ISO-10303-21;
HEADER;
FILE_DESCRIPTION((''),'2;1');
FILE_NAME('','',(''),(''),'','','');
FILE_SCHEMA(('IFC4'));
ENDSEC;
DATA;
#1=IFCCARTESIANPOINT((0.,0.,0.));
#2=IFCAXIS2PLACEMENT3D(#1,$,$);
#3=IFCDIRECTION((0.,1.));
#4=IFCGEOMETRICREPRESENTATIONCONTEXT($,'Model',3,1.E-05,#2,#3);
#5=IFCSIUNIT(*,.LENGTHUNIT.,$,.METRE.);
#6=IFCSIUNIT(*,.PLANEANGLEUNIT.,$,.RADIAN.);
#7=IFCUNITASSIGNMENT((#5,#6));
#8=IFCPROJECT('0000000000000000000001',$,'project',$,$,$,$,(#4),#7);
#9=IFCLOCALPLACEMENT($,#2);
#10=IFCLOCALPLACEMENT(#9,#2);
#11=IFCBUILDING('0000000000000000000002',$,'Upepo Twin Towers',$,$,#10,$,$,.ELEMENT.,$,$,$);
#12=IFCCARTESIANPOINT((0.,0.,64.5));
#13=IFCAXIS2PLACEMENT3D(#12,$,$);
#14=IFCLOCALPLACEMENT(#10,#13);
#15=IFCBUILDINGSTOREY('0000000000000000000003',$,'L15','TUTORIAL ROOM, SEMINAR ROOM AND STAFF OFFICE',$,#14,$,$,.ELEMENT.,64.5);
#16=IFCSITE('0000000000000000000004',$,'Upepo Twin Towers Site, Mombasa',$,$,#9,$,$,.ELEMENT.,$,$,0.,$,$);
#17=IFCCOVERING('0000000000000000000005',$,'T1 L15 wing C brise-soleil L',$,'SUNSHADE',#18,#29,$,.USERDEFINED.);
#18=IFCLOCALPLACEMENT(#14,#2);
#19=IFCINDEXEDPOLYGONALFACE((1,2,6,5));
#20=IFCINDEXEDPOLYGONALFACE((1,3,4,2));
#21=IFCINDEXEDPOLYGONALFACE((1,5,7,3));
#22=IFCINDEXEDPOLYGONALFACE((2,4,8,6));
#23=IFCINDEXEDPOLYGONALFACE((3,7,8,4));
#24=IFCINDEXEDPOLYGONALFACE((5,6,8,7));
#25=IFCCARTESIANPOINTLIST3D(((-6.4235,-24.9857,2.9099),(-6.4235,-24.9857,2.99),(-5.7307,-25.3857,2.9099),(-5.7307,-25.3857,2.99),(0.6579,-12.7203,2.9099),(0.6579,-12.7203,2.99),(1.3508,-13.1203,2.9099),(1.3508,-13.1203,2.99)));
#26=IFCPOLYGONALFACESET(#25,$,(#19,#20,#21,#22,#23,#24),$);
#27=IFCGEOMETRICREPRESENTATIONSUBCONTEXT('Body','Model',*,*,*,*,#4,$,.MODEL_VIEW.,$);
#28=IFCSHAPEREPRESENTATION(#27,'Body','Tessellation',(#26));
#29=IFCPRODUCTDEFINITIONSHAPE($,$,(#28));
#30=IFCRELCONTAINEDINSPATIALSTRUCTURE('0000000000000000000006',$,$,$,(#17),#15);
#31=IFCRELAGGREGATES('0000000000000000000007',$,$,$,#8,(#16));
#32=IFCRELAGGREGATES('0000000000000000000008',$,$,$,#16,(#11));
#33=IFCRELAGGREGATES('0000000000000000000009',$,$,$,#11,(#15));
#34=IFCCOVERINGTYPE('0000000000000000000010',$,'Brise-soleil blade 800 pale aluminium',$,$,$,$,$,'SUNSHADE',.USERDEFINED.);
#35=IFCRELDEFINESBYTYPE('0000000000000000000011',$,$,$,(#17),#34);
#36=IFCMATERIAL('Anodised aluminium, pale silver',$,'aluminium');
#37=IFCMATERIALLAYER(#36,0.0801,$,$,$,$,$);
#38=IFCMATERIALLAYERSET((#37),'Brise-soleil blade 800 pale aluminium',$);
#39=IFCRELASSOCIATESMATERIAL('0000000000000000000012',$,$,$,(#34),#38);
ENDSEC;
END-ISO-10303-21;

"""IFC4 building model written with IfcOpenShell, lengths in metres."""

from ifc_helpers import new_model, si_unit, direction, frame, origin, origin_2d, place, context, subcontext, project, spatial, rectangle, extrude, material, layer, layer_set, type_object, element, save


model = new_model("IFC4")

# Units and contexts
model_context = context("Model", 3, precision=1e-05, world=origin(), true_north=direction((0.0, 1.0)))
body_context = subcontext(model_context, "Body", "Model", "MODEL_VIEW")
ifc_project = project(units=[si_unit("LENGTHUNIT", "METRE"), si_unit("PLANEANGLEUNIT", "RADIAN")], contexts=[model_context])

# Site, building, storey
site_placement = place(None, origin())
site = spatial("IfcSite", under=ifc_project, at=site_placement, Name="Upepo Twin Towers Site, Mombasa", CompositionType="ELEMENT", RefElevation=0.0)
building_placement = place(site_placement, origin())
building = spatial("IfcBuilding", under=site, at=building_placement, Name="Upepo Twin Towers", CompositionType="ELEMENT")
storey_placement = place(building_placement, frame((0.0, 0.0, 64.5)))
storey = spatial("IfcBuildingStorey", under=building, at=storey_placement, Name="L15", Description="TUTORIAL ROOM, SEMINAR ROOM AND STAFF OFFICE", CompositionType="ELEMENT", Elevation=64.5)

# Covering
ifc_material_1 = material(Name="Anodised aluminium, pale silver", Category="aluminium")
ifc_layer_1 = layer(ifc_material_1, 0.0801)
ifc_layer_set_1 = layer_set([ifc_layer_1], Name="Brise-soleil blade 800 pale aluminium")
covering_type = type_object("IfcCoveringType", Name="Brise-soleil blade 800 pale aluminium", ElementType="SUNSHADE", PredefinedType="USERDEFINED", material=ifc_layer_set_1)
covering_placement = place(storey_placement, frame((-2.5364, -19.053, 2.9099), z_axis=(0.0, 0.0, 1.0), x_axis=(-0.5, -0.866025, 0.0)))
element("IfcCovering", 1, at=covering_placement, inside=storey, type_object=covering_type, Name="T1 L15 wing C brise-soleil L", ObjectType="SUNSHADE", PredefinedType="USERDEFINED", context=body_context, shape_type="SweptSolid", body=[
    extrude(rectangle(XDim=14.1628, YDim=0.8, at=origin_2d()), origin(), (0.0, 0.0, 1.0), 0.0801),
])

save(model, "model.ifc")
